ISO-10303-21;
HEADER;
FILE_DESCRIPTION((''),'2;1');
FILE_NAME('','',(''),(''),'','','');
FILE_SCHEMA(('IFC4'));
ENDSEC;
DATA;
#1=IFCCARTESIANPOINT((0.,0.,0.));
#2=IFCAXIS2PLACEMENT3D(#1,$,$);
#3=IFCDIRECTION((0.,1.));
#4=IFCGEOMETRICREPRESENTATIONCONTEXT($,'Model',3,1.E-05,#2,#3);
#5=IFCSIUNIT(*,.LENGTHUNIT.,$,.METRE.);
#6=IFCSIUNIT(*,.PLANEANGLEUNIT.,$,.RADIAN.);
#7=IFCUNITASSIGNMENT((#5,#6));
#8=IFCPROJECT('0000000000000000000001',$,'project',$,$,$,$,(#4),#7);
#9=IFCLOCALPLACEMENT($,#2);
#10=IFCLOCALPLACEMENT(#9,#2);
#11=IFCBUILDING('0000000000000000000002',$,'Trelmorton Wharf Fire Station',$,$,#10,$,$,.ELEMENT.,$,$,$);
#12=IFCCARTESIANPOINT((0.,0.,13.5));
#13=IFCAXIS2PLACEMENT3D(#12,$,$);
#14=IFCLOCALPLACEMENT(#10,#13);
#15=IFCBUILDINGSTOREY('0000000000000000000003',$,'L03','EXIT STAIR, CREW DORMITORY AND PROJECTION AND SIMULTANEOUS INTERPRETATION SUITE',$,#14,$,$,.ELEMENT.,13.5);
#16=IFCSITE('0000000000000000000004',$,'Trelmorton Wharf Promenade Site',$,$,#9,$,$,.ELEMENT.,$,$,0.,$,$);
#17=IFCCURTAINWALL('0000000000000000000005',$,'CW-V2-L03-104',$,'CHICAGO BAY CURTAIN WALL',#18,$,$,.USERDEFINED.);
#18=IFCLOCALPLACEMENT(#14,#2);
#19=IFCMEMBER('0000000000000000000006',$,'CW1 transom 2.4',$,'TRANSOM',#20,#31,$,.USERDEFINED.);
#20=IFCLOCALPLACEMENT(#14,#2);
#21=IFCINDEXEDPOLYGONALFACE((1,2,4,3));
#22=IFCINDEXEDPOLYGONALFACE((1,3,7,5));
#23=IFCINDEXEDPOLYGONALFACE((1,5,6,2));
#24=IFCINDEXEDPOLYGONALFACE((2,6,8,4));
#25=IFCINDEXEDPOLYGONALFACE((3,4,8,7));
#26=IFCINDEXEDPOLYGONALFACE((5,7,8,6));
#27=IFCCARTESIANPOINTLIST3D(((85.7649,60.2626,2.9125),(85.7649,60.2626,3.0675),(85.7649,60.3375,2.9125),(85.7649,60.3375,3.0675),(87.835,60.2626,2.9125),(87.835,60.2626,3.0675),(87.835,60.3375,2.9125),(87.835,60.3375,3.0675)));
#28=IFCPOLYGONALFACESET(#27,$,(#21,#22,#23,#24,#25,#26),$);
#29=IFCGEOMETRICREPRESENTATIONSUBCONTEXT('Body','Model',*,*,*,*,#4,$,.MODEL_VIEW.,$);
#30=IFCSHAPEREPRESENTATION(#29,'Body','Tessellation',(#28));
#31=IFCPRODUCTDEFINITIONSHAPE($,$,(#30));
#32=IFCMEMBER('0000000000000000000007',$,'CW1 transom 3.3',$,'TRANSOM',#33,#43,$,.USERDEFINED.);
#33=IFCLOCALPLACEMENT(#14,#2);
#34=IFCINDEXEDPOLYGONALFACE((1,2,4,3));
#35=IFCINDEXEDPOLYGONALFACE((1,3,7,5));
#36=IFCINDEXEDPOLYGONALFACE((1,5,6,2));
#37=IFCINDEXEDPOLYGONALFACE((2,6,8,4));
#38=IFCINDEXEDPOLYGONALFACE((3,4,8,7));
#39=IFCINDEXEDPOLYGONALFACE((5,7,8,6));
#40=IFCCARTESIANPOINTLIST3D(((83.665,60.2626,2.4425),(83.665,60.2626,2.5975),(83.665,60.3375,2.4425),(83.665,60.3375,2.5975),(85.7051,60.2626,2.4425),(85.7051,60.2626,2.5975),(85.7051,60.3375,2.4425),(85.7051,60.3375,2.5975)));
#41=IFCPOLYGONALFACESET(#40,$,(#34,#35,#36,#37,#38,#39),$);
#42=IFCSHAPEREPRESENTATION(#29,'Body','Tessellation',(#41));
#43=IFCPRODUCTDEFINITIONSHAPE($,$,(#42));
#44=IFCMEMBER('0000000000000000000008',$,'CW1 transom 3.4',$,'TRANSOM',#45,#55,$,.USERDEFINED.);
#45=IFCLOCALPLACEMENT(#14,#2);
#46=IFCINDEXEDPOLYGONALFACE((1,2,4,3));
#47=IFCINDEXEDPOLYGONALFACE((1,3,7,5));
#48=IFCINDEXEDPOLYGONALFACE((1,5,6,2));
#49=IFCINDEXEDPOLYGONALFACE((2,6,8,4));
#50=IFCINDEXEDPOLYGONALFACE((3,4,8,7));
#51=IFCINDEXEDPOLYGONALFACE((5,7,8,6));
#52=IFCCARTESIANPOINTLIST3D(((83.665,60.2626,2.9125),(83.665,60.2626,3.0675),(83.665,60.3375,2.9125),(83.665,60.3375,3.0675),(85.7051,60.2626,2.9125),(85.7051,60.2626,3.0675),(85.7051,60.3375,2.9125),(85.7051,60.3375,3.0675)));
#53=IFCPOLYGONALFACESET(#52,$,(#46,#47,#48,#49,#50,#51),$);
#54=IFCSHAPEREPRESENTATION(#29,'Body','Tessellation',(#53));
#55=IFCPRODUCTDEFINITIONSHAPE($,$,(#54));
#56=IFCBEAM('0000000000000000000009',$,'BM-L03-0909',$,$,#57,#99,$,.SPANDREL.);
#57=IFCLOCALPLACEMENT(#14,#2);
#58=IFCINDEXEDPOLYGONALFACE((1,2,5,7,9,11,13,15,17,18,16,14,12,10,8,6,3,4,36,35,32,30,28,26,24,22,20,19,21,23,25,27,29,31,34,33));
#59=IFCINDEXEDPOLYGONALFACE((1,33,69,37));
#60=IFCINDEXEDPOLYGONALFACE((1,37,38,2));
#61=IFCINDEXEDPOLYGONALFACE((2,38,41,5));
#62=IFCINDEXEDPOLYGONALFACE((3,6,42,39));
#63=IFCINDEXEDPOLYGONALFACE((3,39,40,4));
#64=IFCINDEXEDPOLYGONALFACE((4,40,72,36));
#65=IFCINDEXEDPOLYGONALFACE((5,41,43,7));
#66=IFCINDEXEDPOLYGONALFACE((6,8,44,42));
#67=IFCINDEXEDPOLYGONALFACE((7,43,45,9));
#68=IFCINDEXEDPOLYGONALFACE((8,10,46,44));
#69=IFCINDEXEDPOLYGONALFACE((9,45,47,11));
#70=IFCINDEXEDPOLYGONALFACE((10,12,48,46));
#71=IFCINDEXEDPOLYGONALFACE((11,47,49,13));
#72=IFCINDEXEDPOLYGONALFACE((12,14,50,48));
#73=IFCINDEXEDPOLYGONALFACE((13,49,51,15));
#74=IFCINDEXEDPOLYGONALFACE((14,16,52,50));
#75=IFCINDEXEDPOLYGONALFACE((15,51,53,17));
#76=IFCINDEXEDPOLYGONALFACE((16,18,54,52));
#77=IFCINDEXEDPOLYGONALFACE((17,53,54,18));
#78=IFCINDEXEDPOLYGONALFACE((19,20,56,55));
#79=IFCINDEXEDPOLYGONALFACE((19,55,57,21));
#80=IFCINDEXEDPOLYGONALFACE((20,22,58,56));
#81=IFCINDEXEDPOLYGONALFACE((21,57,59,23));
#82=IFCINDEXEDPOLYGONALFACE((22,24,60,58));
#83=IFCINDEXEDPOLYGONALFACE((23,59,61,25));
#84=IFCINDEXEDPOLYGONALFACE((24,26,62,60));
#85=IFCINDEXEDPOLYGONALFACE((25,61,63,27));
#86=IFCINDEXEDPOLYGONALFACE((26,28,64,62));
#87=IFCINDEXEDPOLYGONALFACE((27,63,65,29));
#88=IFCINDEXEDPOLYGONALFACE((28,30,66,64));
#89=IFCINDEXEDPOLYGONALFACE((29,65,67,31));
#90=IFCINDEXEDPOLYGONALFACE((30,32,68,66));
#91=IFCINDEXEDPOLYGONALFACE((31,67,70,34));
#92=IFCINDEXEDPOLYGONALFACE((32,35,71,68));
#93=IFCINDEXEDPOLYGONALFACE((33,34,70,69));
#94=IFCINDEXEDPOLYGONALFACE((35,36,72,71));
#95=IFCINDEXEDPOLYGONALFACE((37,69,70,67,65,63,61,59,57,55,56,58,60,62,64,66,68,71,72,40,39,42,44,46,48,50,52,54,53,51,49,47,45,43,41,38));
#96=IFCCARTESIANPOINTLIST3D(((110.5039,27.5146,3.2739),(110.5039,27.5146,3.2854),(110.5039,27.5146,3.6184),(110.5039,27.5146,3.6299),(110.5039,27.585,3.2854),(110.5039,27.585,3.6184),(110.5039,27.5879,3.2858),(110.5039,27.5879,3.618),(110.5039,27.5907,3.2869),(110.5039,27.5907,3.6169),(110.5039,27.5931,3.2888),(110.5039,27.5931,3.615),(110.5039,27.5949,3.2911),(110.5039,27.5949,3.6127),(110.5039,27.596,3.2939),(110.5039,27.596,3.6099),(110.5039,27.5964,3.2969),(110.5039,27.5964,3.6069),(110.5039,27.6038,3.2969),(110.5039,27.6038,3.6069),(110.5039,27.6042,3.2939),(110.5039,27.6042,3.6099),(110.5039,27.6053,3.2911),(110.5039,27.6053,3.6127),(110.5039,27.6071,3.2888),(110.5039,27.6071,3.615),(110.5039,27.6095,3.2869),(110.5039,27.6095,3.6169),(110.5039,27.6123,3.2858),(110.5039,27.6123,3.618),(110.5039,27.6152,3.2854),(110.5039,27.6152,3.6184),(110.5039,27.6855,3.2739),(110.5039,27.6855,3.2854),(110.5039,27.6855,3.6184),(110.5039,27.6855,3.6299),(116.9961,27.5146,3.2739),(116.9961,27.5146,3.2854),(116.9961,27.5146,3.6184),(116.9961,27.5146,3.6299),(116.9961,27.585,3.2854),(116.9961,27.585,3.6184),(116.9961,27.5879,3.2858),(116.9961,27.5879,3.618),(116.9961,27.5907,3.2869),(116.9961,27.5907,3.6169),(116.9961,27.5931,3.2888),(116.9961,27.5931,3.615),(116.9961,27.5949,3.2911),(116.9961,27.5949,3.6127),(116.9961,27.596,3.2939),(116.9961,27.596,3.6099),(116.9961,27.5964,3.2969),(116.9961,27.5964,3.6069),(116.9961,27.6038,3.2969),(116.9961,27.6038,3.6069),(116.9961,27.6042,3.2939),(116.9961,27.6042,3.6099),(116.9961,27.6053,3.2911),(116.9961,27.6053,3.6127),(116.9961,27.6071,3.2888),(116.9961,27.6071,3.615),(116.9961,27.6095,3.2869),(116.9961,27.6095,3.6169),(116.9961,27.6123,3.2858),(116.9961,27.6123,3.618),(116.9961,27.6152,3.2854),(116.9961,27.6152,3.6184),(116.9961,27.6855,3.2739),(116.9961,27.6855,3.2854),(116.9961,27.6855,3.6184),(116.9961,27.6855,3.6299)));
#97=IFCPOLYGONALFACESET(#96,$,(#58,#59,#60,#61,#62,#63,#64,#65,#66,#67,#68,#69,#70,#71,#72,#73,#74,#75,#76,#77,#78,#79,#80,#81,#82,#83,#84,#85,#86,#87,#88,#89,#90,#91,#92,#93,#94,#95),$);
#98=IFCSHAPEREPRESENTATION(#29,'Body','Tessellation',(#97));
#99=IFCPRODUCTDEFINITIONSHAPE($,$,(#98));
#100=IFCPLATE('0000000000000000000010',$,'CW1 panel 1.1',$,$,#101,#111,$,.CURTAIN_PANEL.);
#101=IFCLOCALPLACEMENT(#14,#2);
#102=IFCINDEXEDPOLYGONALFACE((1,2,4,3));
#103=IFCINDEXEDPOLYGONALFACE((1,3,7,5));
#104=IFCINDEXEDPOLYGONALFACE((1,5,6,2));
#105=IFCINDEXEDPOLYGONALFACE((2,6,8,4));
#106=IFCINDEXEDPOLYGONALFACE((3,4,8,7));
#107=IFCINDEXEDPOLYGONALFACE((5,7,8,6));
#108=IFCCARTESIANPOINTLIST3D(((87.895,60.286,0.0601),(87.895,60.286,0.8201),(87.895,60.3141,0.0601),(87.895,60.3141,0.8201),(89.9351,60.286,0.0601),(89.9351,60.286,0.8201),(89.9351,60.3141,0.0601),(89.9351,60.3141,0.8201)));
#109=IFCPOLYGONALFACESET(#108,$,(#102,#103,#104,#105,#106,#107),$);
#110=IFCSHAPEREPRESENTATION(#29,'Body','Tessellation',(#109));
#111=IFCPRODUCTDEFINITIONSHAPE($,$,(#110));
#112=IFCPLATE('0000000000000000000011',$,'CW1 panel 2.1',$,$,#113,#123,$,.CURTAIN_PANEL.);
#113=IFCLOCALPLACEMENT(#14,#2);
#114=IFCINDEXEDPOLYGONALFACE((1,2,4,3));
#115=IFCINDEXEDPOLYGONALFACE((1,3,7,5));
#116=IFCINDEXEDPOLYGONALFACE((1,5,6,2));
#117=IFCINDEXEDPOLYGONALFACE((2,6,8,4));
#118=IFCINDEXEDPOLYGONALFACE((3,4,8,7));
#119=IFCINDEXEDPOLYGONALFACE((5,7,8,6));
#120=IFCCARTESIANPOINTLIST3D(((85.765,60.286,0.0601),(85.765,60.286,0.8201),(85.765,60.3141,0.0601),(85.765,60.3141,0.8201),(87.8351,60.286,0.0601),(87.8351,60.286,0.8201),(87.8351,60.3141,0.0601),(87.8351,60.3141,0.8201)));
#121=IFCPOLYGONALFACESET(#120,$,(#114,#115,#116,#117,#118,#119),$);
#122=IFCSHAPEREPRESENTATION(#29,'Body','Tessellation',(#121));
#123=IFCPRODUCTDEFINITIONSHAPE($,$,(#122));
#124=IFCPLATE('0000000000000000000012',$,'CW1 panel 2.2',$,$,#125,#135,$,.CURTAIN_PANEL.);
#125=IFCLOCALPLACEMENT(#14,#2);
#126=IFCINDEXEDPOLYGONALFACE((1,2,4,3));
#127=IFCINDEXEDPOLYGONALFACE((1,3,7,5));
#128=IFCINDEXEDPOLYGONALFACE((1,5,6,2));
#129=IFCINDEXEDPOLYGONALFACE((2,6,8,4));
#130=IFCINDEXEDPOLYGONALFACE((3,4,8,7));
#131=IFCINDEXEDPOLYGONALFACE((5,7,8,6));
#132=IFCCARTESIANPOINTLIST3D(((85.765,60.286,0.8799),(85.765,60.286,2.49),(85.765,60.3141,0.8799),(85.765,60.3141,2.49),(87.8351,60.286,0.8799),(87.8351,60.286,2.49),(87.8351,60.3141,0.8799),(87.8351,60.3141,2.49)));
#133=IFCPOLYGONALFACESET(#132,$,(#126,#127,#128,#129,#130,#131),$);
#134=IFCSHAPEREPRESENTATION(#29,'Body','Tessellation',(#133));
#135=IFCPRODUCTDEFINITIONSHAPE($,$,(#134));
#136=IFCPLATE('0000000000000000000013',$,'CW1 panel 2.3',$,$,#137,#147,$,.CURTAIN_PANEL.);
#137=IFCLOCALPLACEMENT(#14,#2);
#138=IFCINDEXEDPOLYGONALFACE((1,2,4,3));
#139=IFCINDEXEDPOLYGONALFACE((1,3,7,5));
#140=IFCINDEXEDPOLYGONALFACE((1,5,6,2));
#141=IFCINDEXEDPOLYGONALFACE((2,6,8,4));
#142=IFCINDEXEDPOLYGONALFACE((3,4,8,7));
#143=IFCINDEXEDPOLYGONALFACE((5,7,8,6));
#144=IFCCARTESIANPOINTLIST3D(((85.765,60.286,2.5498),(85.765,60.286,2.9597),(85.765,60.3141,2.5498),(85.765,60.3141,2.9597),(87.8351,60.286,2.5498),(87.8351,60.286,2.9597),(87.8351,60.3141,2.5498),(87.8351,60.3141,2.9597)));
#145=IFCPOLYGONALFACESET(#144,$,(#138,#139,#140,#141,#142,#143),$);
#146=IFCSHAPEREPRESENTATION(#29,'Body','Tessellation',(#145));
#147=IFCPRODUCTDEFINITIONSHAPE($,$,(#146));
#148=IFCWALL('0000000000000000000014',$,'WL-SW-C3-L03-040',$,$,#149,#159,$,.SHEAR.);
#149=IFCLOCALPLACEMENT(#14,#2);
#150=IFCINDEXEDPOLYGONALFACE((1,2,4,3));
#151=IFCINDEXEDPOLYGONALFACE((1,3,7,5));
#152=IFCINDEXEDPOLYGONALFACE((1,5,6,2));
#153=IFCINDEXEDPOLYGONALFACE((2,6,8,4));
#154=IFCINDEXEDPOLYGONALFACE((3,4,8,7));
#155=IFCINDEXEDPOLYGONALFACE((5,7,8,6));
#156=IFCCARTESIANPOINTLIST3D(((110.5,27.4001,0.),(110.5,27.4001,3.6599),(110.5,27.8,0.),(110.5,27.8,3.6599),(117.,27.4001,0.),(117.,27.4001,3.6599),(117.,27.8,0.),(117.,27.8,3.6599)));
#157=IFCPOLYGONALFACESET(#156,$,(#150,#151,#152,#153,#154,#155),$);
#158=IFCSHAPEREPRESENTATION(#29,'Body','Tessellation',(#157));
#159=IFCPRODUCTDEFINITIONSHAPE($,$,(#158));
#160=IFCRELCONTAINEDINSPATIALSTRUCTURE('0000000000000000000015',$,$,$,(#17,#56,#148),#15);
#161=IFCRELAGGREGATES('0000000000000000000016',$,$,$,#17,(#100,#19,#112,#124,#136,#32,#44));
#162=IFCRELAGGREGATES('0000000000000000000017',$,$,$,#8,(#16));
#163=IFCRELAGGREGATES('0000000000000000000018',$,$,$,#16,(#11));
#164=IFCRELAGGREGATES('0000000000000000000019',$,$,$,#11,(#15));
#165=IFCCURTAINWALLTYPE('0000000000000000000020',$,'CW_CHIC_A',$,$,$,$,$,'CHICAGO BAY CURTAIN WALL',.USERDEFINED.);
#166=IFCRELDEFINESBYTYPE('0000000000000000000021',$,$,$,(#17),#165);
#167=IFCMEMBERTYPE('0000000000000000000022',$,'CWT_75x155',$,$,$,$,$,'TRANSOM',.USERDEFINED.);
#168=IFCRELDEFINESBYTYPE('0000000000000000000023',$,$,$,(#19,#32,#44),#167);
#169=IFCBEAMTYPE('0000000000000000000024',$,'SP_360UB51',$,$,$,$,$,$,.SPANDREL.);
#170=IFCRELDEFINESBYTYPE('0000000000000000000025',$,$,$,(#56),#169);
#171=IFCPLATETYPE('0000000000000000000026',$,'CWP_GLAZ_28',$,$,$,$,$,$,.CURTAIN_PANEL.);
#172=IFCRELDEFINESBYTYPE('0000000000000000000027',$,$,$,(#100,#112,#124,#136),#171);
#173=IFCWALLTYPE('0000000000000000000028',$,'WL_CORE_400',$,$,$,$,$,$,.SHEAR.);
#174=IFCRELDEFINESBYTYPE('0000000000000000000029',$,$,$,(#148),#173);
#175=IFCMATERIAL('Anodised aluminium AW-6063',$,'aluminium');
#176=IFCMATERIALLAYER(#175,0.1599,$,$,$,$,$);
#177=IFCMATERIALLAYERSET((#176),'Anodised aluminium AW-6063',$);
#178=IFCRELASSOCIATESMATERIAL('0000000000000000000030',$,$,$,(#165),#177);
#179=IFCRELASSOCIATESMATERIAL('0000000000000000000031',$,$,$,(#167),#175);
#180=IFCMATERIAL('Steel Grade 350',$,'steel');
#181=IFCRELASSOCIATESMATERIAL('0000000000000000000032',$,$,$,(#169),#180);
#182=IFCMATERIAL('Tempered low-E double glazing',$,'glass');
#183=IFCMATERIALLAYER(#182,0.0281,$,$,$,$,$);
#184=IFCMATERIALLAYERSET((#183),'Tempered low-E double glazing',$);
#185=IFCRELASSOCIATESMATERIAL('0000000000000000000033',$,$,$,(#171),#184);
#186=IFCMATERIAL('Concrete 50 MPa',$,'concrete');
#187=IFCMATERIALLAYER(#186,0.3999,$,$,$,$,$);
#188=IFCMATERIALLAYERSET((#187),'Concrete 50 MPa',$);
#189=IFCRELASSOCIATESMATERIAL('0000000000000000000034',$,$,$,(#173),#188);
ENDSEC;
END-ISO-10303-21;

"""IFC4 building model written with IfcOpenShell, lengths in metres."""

from ifc_helpers import new_model, si_unit, direction, frame, frame_2d, origin, origin_2d, place, context, subcontext, project, spatial, rectangle, i_section, extrude, material, layer, layer_set, material_profile, profile_set, type_object, element, aggregate, save


model = new_model("IFC4")

# Units and contexts
model_context = context("Model", 3, precision=1e-05, world=origin(), true_north=direction((0.0, 1.0)))
body_context = subcontext(model_context, "Body", "Model", "MODEL_VIEW")
ifc_project = project(units=[si_unit("LENGTHUNIT", "METRE"), si_unit("PLANEANGLEUNIT", "RADIAN")], contexts=[model_context])

# Site, building, storey
site_placement = place(None, origin())
site = spatial("IfcSite", under=ifc_project, at=site_placement, Name="Trelmorton Wharf Promenade Site", CompositionType="ELEMENT", RefElevation=0.0)
building_placement = place(site_placement, origin())
building = spatial("IfcBuilding", under=site, at=building_placement, Name="Trelmorton Wharf Fire Station", CompositionType="ELEMENT")
storey_placement = place(building_placement, frame((0.0, 0.0, 13.5)))
storey = spatial("IfcBuildingStorey", under=building, at=storey_placement, Name="L03", Description="EXIT STAIR, CREW DORMITORY AND PROJECTION AND SIMULTANEOUS INTERPRETATION SUITE", CompositionType="ELEMENT", Elevation=13.5)

# Shared definitions
ifc_material_1 = material(Name="Steel Grade 350", Category="steel")

# Curtain wall, members
ifc_material_2 = material(Name="Anodised aluminium AW-6063", Category="aluminium")
ifc_layer_1 = layer(ifc_material_2, 0.1599)
ifc_layer_set_1 = layer_set([ifc_layer_1], Name="Anodised aluminium AW-6063")
curtain_wall_type = type_object("IfcCurtainWallType", Name="CW_CHIC_A", ElementType="CHICAGO BAY CURTAIN WALL", PredefinedType="USERDEFINED", material=ifc_layer_set_1)
curtain_wall_placement = place(storey_placement, origin())
curtain_wall = element("IfcCurtainWall", 1, at=curtain_wall_placement, inside=storey, type_object=curtain_wall_type, Name="CW-V2-L03-104", ObjectType="CHICAGO BAY CURTAIN WALL", PredefinedType="USERDEFINED")
ifc_material_profile_1 = material_profile(ifc_material_2, rectangle(XDim=0.075, YDim=0.155, at=origin_2d()), Name="ALU-75x155")
ifc_profile_set_1 = profile_set([ifc_material_profile_1], Name="Anodised aluminium AW-6063")
member_type_1 = type_object("IfcMemberType", Name="CWT_75x155", ElementType="TRANSOM", PredefinedType="USERDEFINED", material=ifc_profile_set_1)
member_1_placement = place(storey_placement, frame((87.835, 60.3, 2.99), z_axis=(-1.0, 0.0, 0.0), x_axis=(0.0, -1.0, 0.0)))
member_1 = element("IfcMember", 2, at=member_1_placement, type_object=member_type_1, Name="CW1 transom 2.4", ObjectType="TRANSOM", PredefinedType="USERDEFINED", context=body_context, shape_type="SweptSolid", body=[
    extrude(rectangle(XDim=0.075, YDim=0.155, at=origin_2d()), origin(), (0.0, 0.0, 1.0), 2.0701),
])
member_2_placement = place(storey_placement, frame((85.7051, 60.3, 2.52), z_axis=(-1.0, 0.0, 0.0), x_axis=(0.0, -1.0, 0.0)))
member_2 = element("IfcMember", 3, at=member_2_placement, type_object=member_type_1, Name="CW1 transom 3.3", ObjectType="TRANSOM", PredefinedType="USERDEFINED", context=body_context, shape_type="SweptSolid", body=[
    extrude(rectangle(XDim=0.075, YDim=0.155, at=origin_2d()), origin(), (0.0, 0.0, 1.0), 2.04),
])
member_3_placement = place(storey_placement, frame((85.7051, 60.3, 2.99), z_axis=(-1.0, 0.0, 0.0), x_axis=(0.0, -1.0, 0.0)))
member_3 = element("IfcMember", 4, at=member_3_placement, type_object=member_type_1, Name="CW1 transom 3.4", ObjectType="TRANSOM", PredefinedType="USERDEFINED", context=body_context, shape_type="SweptSolid", body=[
    extrude(rectangle(XDim=0.075, YDim=0.155, at=origin_2d()), origin(), (0.0, 0.0, 1.0), 2.04),
])

# Beam
ifc_material_profile_2 = material_profile(ifc_material_1, i_section(OverallWidth=0.1709, OverallDepth=0.356, WebThickness=0.0073, FlangeThickness=0.0115, FilletRadius=0.0115, at=origin_2d()), Name="360UB50.7")
ifc_profile_set_2 = profile_set([ifc_material_profile_2], Name="Steel Grade 350")
beam_type_1 = type_object("IfcBeamType", Name="SP_360UB51", PredefinedType="SPANDREL", material=ifc_profile_set_2)
beam_1_placement = place(storey_placement, frame((110.5039, 27.6001, 3.4519), z_axis=(1.0, 0.0, 0.0), x_axis=(0.0, 1.0, 0.0)))
element("IfcBeam", 5, at=beam_1_placement, inside=storey, type_object=beam_type_1, Name="BM-L03-0909", PredefinedType="SPANDREL", context=body_context, shape_type="SweptSolid", body=[
    extrude(i_section(OverallWidth=0.1709, OverallDepth=0.356, WebThickness=0.0073, FlangeThickness=0.0115, FilletRadius=0.0115, at=origin_2d()), origin(), (0.0, 0.0, 1.0), 6.4922),
])

# Plates
ifc_material_3 = material(Name="Tempered low-E double glazing", Category="glass")
ifc_layer_2 = layer(ifc_material_3, 0.0281)
ifc_layer_set_2 = layer_set([ifc_layer_2], Name="Tempered low-E double glazing")
plate_type = type_object("IfcPlateType", Name="CWP_GLAZ_28", PredefinedType="CURTAIN_PANEL", material=ifc_layer_set_2)
plate_1_placement = place(storey_placement, frame((88.915, 60.3, 0.0601), z_axis=(0.0, 0.0, 1.0), x_axis=(-1.0, 0.0, 0.0)))
plate_1 = element("IfcPlate", 6, at=plate_1_placement, type_object=plate_type, Name="CW1 panel 1.1", PredefinedType="CURTAIN_PANEL", context=body_context, shape_type="SweptSolid", body=[
    extrude(rectangle(XDim=2.04, YDim=0.0281, at=origin_2d()), origin(), (0.0, 0.0, 1.0), 0.76),
])
plate_2_placement = place(storey_placement, frame((86.8, 60.3, 0.0601), z_axis=(0.0, 0.0, 1.0), x_axis=(-1.0, 0.0, 0.0)))
plate_2 = element("IfcPlate", 7, at=plate_2_placement, type_object=plate_type, Name="CW1 panel 2.1", PredefinedType="CURTAIN_PANEL", context=body_context, shape_type="SweptSolid", body=[
    extrude(rectangle(XDim=2.0701, YDim=0.0281, at=origin_2d()), origin(), (0.0, 0.0, 1.0), 0.76),
])
plate_3_placement = place(storey_placement, frame((86.8, 60.3, 0.8799), z_axis=(0.0, 0.0, 1.0), x_axis=(-1.0, 0.0, 0.0)))
plate_3 = element("IfcPlate", 8, at=plate_3_placement, type_object=plate_type, Name="CW1 panel 2.2", PredefinedType="CURTAIN_PANEL", context=body_context, shape_type="SweptSolid", body=[
    extrude(rectangle(XDim=2.0701, YDim=0.0281, at=origin_2d()), origin(), (0.0, 0.0, 1.0), 1.6101),
])
plate_4_placement = place(storey_placement, frame((86.8, 60.3, 2.5498), z_axis=(0.0, 0.0, 1.0), x_axis=(-1.0, 0.0, 0.0)))
plate_4 = element("IfcPlate", 9, at=plate_4_placement, type_object=plate_type, Name="CW1 panel 2.3", PredefinedType="CURTAIN_PANEL", context=body_context, shape_type="SweptSolid", body=[
    extrude(rectangle(XDim=2.0701, YDim=0.0281, at=origin_2d()), origin(), (0.0, 0.0, 1.0), 0.4099),
])
aggregate(curtain_wall, [plate_1, member_1, plate_2, plate_3, plate_4, member_2, member_3])

# Wall
ifc_material_4 = material(Name="Concrete 50 MPa", Category="concrete")
ifc_layer_3 = layer(ifc_material_4, 0.3999)
ifc_layer_set_3 = layer_set([ifc_layer_3], Name="Concrete 50 MPa")
wall_type = type_object("IfcWallType", Name="WL_CORE_400", PredefinedType="SHEAR", material=ifc_layer_set_3)
wall_placement = place(storey_placement, frame((110.5, 27.6001, 0.0), z_axis=(0.0, 0.0, 1.0), x_axis=(1.0, 0.0, 0.0)))
element("IfcWall", 10, at=wall_placement, inside=storey, type_object=wall_type, Name="WL-SW-C3-L03-040", PredefinedType="SHEAR", context=body_context, shape_type="SweptSolid", body=[
    extrude(rectangle(XDim=6.5, YDim=0.3999, at=frame_2d((3.25, 0.0))), origin(), (0.0, 0.0, 1.0), 3.6599),
])

save(model, "model.ifc")
